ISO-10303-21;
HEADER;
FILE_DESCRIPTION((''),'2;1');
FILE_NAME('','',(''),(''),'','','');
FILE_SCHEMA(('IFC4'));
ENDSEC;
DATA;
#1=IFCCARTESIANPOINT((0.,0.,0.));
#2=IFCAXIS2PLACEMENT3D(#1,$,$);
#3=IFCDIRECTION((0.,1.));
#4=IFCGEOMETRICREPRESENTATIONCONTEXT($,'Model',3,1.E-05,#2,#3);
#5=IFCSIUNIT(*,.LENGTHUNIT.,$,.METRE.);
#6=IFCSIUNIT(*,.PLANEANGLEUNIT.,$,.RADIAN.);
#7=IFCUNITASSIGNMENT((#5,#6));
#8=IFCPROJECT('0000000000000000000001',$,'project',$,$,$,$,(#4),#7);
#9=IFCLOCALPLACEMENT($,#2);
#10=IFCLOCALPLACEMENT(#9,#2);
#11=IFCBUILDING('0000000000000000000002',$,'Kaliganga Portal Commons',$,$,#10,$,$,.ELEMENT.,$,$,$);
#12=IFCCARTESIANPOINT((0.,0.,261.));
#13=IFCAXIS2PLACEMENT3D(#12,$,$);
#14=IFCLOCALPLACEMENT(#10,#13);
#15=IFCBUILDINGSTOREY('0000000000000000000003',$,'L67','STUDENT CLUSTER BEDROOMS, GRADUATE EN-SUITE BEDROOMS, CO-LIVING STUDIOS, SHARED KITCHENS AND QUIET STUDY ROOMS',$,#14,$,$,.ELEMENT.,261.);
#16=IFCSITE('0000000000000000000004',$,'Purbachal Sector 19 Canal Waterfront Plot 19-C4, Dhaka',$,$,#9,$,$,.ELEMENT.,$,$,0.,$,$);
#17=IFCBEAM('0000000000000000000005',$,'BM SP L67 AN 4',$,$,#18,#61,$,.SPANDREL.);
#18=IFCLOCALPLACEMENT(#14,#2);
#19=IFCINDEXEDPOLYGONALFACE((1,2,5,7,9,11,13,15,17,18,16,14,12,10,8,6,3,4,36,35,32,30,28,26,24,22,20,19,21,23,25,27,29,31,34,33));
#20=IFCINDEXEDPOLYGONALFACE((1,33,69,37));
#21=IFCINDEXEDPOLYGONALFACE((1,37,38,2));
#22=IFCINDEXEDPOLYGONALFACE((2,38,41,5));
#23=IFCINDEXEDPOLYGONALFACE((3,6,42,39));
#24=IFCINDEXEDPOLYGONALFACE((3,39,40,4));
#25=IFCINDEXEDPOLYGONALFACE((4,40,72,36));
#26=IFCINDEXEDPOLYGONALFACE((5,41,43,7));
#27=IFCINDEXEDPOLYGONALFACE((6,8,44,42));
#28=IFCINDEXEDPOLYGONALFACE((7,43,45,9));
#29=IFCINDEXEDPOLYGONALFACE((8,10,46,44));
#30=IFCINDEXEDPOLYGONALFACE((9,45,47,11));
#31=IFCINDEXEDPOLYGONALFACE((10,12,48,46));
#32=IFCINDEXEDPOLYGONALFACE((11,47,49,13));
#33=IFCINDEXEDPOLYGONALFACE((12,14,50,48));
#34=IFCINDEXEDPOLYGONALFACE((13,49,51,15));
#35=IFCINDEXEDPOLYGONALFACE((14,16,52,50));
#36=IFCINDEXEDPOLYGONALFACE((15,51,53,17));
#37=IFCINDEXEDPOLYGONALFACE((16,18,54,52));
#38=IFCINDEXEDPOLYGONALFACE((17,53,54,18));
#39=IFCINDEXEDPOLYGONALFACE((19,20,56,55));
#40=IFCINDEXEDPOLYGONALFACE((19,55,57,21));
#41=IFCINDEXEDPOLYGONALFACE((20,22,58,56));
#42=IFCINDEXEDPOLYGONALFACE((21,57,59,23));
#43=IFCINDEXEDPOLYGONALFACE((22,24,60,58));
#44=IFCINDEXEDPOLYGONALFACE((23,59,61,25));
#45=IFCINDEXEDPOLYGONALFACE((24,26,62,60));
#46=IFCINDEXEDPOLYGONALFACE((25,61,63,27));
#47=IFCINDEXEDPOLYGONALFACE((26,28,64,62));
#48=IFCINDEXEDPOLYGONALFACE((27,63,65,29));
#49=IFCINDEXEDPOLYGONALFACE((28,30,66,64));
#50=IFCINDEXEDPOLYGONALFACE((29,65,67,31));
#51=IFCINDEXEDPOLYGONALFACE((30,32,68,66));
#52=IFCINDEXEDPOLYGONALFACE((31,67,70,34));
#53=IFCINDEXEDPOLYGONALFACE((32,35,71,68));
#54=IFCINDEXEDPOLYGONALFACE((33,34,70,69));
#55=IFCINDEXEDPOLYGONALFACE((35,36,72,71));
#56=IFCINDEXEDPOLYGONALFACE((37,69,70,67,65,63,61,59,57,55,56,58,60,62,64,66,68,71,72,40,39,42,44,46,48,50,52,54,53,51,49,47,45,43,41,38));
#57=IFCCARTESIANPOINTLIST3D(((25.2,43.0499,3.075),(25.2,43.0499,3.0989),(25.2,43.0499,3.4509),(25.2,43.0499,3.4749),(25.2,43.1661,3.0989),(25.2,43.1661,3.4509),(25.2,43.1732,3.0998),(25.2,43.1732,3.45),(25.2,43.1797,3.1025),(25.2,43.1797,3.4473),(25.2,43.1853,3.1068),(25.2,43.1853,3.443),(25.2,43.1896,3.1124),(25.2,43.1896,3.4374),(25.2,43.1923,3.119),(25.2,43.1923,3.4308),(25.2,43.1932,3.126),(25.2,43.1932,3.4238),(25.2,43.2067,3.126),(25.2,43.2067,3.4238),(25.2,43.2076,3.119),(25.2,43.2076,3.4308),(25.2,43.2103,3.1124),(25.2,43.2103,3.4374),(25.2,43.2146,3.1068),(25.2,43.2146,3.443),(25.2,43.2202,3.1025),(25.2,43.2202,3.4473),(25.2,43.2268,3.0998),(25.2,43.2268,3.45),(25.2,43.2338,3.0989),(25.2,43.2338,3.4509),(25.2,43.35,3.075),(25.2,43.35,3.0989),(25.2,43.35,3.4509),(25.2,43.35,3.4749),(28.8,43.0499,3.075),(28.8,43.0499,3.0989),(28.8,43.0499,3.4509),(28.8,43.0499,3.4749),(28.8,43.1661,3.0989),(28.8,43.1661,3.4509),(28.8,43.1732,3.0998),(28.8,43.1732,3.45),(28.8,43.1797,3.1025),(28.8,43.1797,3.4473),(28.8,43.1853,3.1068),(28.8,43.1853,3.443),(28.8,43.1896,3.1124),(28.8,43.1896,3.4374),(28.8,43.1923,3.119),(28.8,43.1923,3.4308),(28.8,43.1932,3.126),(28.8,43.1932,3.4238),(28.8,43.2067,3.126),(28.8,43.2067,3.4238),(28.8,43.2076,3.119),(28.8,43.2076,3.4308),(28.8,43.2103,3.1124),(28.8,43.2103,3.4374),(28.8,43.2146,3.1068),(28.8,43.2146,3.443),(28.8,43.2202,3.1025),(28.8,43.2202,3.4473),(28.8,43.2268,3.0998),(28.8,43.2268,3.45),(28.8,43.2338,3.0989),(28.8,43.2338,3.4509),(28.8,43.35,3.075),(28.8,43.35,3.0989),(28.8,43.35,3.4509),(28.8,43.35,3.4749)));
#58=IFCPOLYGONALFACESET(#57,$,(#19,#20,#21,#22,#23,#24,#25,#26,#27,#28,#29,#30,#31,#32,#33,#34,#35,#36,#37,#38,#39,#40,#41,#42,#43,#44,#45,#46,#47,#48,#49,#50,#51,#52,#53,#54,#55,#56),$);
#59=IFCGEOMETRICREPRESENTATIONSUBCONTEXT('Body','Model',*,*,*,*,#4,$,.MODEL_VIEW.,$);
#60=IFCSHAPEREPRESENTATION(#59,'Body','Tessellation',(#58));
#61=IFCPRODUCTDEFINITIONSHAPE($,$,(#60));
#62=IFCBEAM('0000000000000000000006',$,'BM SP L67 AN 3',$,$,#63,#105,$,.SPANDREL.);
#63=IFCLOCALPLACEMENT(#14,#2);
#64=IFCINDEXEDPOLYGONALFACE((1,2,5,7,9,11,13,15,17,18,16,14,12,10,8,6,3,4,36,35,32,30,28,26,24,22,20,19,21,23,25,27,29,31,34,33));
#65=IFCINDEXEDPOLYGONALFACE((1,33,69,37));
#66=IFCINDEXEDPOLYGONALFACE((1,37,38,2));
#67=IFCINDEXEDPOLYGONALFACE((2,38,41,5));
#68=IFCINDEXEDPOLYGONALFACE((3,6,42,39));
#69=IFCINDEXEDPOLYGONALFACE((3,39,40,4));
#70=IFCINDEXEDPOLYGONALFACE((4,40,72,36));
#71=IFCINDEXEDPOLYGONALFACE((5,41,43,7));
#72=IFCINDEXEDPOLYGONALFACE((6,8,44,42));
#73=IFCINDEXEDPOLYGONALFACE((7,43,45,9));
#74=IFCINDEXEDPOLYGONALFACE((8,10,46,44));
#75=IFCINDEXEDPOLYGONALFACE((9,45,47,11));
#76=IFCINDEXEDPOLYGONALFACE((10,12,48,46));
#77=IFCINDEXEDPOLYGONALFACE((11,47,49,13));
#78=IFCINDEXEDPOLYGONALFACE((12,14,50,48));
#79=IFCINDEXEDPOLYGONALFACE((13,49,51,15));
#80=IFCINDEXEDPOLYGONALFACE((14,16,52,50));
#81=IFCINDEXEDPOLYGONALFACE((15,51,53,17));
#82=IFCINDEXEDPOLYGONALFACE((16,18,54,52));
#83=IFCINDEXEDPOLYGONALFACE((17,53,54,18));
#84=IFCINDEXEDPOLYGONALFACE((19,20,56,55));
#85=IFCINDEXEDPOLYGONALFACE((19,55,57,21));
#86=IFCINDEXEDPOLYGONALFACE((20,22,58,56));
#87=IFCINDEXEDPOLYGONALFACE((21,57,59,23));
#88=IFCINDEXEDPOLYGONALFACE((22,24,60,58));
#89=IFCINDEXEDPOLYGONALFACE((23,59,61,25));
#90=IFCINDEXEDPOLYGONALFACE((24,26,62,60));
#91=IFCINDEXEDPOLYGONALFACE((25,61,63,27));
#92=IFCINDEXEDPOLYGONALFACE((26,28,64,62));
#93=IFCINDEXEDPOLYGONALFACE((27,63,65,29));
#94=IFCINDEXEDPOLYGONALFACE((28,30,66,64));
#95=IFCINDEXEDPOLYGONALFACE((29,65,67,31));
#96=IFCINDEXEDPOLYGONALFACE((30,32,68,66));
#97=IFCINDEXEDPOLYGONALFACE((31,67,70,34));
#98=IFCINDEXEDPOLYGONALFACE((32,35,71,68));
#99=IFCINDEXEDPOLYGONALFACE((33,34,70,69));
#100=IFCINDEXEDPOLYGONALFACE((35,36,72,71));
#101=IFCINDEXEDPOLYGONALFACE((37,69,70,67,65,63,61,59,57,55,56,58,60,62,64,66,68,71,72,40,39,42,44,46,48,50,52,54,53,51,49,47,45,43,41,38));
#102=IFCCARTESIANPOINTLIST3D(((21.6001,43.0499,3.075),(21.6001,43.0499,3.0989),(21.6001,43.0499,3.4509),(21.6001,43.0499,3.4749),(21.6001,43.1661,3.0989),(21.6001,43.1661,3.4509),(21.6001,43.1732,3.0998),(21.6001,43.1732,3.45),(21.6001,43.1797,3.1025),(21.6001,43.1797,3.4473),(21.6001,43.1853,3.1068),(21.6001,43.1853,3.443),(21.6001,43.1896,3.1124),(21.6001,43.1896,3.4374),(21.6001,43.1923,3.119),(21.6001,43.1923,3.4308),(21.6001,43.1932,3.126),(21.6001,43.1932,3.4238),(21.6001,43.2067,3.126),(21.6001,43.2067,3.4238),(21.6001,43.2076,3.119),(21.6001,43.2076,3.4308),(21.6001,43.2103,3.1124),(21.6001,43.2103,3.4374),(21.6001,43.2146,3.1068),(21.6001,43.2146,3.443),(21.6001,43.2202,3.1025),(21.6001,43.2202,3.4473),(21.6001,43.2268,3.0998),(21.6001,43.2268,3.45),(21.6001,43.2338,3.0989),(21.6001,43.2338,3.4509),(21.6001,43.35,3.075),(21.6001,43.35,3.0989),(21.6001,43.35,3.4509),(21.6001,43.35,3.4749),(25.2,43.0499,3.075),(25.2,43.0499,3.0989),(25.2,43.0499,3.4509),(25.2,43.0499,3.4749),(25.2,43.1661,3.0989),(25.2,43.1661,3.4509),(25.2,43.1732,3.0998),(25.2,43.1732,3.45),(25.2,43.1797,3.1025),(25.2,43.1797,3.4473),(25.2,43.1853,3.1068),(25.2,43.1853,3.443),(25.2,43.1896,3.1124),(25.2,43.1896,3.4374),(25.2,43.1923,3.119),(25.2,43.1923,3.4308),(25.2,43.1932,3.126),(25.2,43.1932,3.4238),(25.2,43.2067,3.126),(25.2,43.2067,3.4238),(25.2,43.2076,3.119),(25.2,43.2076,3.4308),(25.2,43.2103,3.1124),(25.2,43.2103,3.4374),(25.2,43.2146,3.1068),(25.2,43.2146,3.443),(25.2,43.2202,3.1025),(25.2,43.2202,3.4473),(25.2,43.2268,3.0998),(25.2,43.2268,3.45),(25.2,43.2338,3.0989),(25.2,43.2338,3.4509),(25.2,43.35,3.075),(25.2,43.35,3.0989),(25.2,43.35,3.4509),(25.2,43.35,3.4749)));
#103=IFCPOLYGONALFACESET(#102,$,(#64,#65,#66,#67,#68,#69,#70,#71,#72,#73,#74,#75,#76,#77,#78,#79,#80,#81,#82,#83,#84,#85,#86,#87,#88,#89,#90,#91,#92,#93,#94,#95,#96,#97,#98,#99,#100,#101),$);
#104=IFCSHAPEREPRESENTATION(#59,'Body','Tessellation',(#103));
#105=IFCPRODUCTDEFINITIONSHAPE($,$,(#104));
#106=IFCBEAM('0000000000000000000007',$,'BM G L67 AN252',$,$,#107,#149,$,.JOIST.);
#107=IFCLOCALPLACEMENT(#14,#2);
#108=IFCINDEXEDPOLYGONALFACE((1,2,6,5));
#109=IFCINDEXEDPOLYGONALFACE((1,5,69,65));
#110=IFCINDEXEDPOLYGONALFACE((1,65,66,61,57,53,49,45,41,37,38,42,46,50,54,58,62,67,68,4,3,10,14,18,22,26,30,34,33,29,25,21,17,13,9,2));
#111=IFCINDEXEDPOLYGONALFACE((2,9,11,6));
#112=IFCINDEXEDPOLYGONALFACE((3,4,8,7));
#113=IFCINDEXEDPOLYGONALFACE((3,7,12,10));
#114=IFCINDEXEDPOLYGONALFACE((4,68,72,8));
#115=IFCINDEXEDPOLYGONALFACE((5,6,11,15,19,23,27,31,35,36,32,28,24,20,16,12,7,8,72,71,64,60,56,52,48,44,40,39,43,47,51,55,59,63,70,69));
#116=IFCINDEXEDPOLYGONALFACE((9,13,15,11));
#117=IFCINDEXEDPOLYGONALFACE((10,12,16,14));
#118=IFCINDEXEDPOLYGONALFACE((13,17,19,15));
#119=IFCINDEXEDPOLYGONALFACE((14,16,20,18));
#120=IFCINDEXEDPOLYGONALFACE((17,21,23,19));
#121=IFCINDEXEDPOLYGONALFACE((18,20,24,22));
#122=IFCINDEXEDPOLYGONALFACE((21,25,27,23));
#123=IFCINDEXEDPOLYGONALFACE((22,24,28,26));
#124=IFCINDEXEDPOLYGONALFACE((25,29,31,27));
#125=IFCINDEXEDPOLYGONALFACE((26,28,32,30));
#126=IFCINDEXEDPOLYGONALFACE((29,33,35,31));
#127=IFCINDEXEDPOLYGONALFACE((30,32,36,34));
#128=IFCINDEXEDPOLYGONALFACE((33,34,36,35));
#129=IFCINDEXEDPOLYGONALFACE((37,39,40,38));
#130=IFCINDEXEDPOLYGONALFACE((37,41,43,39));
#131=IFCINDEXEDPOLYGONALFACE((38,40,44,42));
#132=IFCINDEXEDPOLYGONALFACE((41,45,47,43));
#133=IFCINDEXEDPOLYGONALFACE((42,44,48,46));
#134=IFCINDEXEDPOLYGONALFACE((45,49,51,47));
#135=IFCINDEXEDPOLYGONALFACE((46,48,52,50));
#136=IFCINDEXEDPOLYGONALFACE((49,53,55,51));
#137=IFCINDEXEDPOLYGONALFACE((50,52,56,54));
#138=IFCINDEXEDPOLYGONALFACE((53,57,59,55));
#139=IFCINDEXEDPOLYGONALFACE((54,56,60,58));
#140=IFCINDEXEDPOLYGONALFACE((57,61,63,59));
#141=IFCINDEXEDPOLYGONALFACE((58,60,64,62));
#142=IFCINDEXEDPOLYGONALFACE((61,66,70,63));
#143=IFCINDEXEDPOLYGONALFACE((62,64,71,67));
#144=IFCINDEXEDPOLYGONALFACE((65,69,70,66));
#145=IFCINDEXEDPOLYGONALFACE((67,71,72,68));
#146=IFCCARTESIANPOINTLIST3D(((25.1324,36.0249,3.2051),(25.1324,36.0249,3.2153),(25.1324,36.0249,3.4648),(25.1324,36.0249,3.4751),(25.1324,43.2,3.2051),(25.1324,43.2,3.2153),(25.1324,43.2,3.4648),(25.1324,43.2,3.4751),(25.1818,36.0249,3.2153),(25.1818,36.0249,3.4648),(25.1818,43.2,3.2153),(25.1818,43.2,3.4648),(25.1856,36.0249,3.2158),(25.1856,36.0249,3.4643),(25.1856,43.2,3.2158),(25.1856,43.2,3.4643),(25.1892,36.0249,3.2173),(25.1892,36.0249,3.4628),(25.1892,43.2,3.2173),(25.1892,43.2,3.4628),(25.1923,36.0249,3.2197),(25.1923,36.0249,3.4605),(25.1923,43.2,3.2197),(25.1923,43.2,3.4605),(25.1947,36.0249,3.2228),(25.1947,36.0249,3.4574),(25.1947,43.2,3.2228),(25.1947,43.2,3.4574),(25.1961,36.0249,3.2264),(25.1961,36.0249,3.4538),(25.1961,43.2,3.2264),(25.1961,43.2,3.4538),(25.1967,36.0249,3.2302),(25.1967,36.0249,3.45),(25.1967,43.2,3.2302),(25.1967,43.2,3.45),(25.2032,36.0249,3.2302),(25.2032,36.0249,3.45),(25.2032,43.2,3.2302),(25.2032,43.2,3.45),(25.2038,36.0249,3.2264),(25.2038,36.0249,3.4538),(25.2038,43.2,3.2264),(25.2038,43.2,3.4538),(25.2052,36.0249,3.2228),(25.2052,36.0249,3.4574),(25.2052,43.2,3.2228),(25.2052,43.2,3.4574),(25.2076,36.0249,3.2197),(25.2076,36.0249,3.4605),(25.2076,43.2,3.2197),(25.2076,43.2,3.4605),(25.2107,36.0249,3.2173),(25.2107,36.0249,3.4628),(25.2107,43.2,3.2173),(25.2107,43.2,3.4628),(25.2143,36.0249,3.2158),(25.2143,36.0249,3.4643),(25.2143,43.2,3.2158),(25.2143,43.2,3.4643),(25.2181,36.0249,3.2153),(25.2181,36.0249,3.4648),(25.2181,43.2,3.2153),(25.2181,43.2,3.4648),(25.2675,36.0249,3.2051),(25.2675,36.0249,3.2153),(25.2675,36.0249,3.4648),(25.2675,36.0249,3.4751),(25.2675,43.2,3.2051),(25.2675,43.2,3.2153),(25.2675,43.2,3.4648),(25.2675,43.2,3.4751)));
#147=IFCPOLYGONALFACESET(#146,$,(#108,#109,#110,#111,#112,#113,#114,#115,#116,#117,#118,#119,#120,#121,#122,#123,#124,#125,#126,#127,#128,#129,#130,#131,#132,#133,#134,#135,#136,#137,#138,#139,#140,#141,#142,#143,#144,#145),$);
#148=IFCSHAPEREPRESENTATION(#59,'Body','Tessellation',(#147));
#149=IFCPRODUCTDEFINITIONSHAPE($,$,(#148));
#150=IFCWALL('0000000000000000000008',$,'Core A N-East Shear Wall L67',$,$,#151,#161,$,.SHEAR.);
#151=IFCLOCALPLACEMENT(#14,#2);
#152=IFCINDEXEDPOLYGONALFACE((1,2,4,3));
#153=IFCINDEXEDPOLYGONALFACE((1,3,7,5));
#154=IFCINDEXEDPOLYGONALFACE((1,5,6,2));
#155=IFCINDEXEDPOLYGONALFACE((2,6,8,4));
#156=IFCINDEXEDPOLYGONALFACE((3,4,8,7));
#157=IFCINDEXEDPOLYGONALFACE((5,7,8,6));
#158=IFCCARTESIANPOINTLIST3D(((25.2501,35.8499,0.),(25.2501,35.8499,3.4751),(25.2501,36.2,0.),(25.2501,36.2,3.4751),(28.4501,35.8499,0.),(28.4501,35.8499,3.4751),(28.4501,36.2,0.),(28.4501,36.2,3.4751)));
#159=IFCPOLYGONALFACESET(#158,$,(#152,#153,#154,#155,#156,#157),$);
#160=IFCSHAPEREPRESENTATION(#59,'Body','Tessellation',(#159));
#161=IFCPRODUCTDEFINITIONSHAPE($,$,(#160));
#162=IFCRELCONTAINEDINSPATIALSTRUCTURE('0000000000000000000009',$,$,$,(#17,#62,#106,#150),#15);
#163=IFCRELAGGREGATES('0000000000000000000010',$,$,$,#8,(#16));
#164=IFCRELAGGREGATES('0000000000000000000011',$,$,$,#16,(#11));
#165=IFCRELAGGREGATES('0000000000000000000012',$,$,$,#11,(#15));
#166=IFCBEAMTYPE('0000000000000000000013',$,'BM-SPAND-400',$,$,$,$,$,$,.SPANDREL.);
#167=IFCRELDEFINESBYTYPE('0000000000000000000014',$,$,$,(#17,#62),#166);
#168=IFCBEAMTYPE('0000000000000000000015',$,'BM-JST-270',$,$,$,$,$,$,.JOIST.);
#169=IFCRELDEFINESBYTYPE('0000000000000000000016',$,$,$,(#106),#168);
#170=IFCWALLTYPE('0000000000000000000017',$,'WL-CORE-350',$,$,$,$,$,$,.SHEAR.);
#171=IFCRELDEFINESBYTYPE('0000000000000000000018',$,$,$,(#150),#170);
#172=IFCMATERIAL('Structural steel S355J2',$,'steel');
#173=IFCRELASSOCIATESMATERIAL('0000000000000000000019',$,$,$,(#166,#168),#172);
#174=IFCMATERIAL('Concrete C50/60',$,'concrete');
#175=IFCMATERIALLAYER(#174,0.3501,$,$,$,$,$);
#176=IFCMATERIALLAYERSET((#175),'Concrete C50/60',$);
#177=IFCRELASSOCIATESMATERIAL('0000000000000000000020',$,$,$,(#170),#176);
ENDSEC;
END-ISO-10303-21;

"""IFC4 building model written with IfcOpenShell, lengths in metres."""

from ifc_helpers import new_model, si_unit, direction, frame, frame_2d, origin, origin_2d, place, context, subcontext, project, spatial, rectangle, i_section, extrude, source, transform, mapped, material, layer, layer_set, material_profile, profile_set, type_object, element, save


model = new_model("IFC4")

# Units and contexts
model_context = context("Model", 3, precision=1e-05, world=origin(), true_north=direction((0.0, 1.0)))
body_context = subcontext(model_context, "Body", "Model", "MODEL_VIEW")
ifc_project = project(units=[si_unit("LENGTHUNIT", "METRE"), si_unit("PLANEANGLEUNIT", "RADIAN")], contexts=[model_context])

# Site, building, storey
site_placement = place(None, origin())
site = spatial("IfcSite", under=ifc_project, at=site_placement, Name="Purbachal Sector 19 Canal Waterfront Plot 19-C4, Dhaka", CompositionType="ELEMENT", RefElevation=0.0)
building_placement = place(site_placement, origin())
building = spatial("IfcBuilding", under=site, at=building_placement, Name="Kaliganga Portal Commons", CompositionType="ELEMENT")
storey_placement = place(building_placement, frame((0.0, 0.0, 261.0)))
storey = spatial("IfcBuildingStorey", under=building, at=storey_placement, Name="L67", Description="STUDENT CLUSTER BEDROOMS, GRADUATE EN-SUITE BEDROOMS, CO-LIVING STUDIOS, SHARED KITCHENS AND QUIET STUDY ROOMS", CompositionType="ELEMENT", Elevation=261.0)

# Shared definitions
ifc_material_1 = material(Name="Concrete C50/60", Category="concrete")
ifc_material_2 = material(Name="Structural steel S355J2", Category="steel")

# Beams
ifc_material_profile_1 = material_profile(ifc_material_2, i_section(OverallWidth=0.3, OverallDepth=0.3999, WebThickness=0.0134, FlangeThickness=0.0239, FilletRadius=0.0271, at=origin_2d()), Name="HE 400 B")
ifc_profile_set_1 = profile_set([ifc_material_profile_1], Name="Structural steel S355J2 wide-flange")
beam_type_1 = type_object("IfcBeamType", Name="BM-SPAND-400", PredefinedType="SPANDREL", material=ifc_profile_set_1)
shared_shape_1 = source(origin(), body_context, "Body", "SweptSolid", [
    extrude(i_section(OverallWidth=0.3, OverallDepth=0.3999, WebThickness=0.0134, FlangeThickness=0.0239, FilletRadius=0.0271, at=origin_2d()), origin(), (0.0, 0.0, 1.0), 3.6001),
])
for number, where, z_axis, x_axis, name in (
    (1, (25.2, 43.2, 3.2749), (1.0, 0.0, 0.0), (0.0, 1.0, 0.0), "BM SP L67 AN 4"),
):
    element("IfcBeam", number, at=place(storey_placement, frame(where, z_axis=z_axis, x_axis=x_axis)), inside=storey, type_object=beam_type_1, Name=name, PredefinedType="SPANDREL", context=body_context, shape_type="MappedRepresentation", body=[
        mapped(shared_shape_1, transform((0.0, 0.0, 0.0), x_axis=(1.0, 0.0, 0.0), y_axis=(0.0, 1.0, 0.0), z_axis=(0.0, 0.0, 1.0), scale=1.0)),
    ])
shared_shape_2 = source(origin(), body_context, "Body", "SweptSolid", [
    extrude(i_section(OverallWidth=0.3, OverallDepth=0.3999, WebThickness=0.0134, FlangeThickness=0.0239, FilletRadius=0.0271, at=origin_2d()), origin(), (0.0, 0.0, 1.0), 3.5999),
])
beam_1_placement = place(storey_placement, frame((21.6001, 43.2, 3.2749), z_axis=(1.0, 0.0, 0.0), x_axis=(0.0, 1.0, 0.0)))
element("IfcBeam", 2, at=beam_1_placement, inside=storey, type_object=beam_type_1, Name="BM SP L67 AN 3", PredefinedType="SPANDREL", context=body_context, shape_type="MappedRepresentation", body=[
    mapped(shared_shape_2, transform((0.0, 0.0, 0.0), x_axis=(1.0, 0.0, 0.0), y_axis=(0.0, 1.0, 0.0), z_axis=(0.0, 0.0, 1.0), scale=1.0)),
])
ifc_material_profile_2 = material_profile(ifc_material_2, i_section(OverallWidth=0.135, OverallDepth=0.27, WebThickness=0.0066, FlangeThickness=0.0103, FilletRadius=0.0149, at=origin_2d()), Name="IPE 270")
ifc_profile_set_2 = profile_set([ifc_material_profile_2], Name="Structural steel S355J2 wide-flange")
beam_type_2 = type_object("IfcBeamType", Name="BM-JST-270", PredefinedType="JOIST", material=ifc_profile_set_2)
shared_shape_3 = source(origin(), body_context, "Body", "SweptSolid", [
    extrude(i_section(OverallWidth=0.135, OverallDepth=0.27, WebThickness=0.0066, FlangeThickness=0.0103, FilletRadius=0.0149, at=origin_2d()), origin(), (0.0, 0.0, 1.0), 7.175),
])
beam_2_placement = place(storey_placement, frame((25.2, 36.0249, 3.3401), z_axis=(0.0, 1.0, 0.0), x_axis=(-1.0, 0.0, 0.0)))
element("IfcBeam", 3, at=beam_2_placement, inside=storey, type_object=beam_type_2, Name="BM G L67 AN252", PredefinedType="JOIST", context=body_context, shape_type="MappedRepresentation", body=[
    mapped(shared_shape_3, transform((0.0, 0.0, 0.0), x_axis=(1.0, 0.0, 0.0), y_axis=(0.0, 1.0, 0.0), z_axis=(0.0, 0.0, 1.0), scale=1.0)),
])

# Wall
ifc_layer_1 = layer(ifc_material_1, 0.3501)
ifc_layer_set_1 = layer_set([ifc_layer_1], Name="Concrete C50/60")
wall_type_1 = type_object("IfcWallType", Name="WL-CORE-350", PredefinedType="SHEAR", material=ifc_layer_set_1)
wall_1_placement = place(storey_placement, frame((25.25, 36.0249, 0.0), z_axis=(0.0, 0.0, 1.0), x_axis=(1.0, 0.0, 0.0)))
element("IfcWall", 4, at=wall_1_placement, inside=storey, type_object=wall_type_1, Name="Core A N-East Shear Wall L67", PredefinedType="SHEAR", context=body_context, shape_type="SweptSolid", body=[
    extrude(rectangle(XDim=3.2, YDim=0.3501, at=frame_2d((1.6001, 0.0))), origin(), (0.0, 0.0, 1.0), 3.4751),
])

save(model, "model.ifc")
